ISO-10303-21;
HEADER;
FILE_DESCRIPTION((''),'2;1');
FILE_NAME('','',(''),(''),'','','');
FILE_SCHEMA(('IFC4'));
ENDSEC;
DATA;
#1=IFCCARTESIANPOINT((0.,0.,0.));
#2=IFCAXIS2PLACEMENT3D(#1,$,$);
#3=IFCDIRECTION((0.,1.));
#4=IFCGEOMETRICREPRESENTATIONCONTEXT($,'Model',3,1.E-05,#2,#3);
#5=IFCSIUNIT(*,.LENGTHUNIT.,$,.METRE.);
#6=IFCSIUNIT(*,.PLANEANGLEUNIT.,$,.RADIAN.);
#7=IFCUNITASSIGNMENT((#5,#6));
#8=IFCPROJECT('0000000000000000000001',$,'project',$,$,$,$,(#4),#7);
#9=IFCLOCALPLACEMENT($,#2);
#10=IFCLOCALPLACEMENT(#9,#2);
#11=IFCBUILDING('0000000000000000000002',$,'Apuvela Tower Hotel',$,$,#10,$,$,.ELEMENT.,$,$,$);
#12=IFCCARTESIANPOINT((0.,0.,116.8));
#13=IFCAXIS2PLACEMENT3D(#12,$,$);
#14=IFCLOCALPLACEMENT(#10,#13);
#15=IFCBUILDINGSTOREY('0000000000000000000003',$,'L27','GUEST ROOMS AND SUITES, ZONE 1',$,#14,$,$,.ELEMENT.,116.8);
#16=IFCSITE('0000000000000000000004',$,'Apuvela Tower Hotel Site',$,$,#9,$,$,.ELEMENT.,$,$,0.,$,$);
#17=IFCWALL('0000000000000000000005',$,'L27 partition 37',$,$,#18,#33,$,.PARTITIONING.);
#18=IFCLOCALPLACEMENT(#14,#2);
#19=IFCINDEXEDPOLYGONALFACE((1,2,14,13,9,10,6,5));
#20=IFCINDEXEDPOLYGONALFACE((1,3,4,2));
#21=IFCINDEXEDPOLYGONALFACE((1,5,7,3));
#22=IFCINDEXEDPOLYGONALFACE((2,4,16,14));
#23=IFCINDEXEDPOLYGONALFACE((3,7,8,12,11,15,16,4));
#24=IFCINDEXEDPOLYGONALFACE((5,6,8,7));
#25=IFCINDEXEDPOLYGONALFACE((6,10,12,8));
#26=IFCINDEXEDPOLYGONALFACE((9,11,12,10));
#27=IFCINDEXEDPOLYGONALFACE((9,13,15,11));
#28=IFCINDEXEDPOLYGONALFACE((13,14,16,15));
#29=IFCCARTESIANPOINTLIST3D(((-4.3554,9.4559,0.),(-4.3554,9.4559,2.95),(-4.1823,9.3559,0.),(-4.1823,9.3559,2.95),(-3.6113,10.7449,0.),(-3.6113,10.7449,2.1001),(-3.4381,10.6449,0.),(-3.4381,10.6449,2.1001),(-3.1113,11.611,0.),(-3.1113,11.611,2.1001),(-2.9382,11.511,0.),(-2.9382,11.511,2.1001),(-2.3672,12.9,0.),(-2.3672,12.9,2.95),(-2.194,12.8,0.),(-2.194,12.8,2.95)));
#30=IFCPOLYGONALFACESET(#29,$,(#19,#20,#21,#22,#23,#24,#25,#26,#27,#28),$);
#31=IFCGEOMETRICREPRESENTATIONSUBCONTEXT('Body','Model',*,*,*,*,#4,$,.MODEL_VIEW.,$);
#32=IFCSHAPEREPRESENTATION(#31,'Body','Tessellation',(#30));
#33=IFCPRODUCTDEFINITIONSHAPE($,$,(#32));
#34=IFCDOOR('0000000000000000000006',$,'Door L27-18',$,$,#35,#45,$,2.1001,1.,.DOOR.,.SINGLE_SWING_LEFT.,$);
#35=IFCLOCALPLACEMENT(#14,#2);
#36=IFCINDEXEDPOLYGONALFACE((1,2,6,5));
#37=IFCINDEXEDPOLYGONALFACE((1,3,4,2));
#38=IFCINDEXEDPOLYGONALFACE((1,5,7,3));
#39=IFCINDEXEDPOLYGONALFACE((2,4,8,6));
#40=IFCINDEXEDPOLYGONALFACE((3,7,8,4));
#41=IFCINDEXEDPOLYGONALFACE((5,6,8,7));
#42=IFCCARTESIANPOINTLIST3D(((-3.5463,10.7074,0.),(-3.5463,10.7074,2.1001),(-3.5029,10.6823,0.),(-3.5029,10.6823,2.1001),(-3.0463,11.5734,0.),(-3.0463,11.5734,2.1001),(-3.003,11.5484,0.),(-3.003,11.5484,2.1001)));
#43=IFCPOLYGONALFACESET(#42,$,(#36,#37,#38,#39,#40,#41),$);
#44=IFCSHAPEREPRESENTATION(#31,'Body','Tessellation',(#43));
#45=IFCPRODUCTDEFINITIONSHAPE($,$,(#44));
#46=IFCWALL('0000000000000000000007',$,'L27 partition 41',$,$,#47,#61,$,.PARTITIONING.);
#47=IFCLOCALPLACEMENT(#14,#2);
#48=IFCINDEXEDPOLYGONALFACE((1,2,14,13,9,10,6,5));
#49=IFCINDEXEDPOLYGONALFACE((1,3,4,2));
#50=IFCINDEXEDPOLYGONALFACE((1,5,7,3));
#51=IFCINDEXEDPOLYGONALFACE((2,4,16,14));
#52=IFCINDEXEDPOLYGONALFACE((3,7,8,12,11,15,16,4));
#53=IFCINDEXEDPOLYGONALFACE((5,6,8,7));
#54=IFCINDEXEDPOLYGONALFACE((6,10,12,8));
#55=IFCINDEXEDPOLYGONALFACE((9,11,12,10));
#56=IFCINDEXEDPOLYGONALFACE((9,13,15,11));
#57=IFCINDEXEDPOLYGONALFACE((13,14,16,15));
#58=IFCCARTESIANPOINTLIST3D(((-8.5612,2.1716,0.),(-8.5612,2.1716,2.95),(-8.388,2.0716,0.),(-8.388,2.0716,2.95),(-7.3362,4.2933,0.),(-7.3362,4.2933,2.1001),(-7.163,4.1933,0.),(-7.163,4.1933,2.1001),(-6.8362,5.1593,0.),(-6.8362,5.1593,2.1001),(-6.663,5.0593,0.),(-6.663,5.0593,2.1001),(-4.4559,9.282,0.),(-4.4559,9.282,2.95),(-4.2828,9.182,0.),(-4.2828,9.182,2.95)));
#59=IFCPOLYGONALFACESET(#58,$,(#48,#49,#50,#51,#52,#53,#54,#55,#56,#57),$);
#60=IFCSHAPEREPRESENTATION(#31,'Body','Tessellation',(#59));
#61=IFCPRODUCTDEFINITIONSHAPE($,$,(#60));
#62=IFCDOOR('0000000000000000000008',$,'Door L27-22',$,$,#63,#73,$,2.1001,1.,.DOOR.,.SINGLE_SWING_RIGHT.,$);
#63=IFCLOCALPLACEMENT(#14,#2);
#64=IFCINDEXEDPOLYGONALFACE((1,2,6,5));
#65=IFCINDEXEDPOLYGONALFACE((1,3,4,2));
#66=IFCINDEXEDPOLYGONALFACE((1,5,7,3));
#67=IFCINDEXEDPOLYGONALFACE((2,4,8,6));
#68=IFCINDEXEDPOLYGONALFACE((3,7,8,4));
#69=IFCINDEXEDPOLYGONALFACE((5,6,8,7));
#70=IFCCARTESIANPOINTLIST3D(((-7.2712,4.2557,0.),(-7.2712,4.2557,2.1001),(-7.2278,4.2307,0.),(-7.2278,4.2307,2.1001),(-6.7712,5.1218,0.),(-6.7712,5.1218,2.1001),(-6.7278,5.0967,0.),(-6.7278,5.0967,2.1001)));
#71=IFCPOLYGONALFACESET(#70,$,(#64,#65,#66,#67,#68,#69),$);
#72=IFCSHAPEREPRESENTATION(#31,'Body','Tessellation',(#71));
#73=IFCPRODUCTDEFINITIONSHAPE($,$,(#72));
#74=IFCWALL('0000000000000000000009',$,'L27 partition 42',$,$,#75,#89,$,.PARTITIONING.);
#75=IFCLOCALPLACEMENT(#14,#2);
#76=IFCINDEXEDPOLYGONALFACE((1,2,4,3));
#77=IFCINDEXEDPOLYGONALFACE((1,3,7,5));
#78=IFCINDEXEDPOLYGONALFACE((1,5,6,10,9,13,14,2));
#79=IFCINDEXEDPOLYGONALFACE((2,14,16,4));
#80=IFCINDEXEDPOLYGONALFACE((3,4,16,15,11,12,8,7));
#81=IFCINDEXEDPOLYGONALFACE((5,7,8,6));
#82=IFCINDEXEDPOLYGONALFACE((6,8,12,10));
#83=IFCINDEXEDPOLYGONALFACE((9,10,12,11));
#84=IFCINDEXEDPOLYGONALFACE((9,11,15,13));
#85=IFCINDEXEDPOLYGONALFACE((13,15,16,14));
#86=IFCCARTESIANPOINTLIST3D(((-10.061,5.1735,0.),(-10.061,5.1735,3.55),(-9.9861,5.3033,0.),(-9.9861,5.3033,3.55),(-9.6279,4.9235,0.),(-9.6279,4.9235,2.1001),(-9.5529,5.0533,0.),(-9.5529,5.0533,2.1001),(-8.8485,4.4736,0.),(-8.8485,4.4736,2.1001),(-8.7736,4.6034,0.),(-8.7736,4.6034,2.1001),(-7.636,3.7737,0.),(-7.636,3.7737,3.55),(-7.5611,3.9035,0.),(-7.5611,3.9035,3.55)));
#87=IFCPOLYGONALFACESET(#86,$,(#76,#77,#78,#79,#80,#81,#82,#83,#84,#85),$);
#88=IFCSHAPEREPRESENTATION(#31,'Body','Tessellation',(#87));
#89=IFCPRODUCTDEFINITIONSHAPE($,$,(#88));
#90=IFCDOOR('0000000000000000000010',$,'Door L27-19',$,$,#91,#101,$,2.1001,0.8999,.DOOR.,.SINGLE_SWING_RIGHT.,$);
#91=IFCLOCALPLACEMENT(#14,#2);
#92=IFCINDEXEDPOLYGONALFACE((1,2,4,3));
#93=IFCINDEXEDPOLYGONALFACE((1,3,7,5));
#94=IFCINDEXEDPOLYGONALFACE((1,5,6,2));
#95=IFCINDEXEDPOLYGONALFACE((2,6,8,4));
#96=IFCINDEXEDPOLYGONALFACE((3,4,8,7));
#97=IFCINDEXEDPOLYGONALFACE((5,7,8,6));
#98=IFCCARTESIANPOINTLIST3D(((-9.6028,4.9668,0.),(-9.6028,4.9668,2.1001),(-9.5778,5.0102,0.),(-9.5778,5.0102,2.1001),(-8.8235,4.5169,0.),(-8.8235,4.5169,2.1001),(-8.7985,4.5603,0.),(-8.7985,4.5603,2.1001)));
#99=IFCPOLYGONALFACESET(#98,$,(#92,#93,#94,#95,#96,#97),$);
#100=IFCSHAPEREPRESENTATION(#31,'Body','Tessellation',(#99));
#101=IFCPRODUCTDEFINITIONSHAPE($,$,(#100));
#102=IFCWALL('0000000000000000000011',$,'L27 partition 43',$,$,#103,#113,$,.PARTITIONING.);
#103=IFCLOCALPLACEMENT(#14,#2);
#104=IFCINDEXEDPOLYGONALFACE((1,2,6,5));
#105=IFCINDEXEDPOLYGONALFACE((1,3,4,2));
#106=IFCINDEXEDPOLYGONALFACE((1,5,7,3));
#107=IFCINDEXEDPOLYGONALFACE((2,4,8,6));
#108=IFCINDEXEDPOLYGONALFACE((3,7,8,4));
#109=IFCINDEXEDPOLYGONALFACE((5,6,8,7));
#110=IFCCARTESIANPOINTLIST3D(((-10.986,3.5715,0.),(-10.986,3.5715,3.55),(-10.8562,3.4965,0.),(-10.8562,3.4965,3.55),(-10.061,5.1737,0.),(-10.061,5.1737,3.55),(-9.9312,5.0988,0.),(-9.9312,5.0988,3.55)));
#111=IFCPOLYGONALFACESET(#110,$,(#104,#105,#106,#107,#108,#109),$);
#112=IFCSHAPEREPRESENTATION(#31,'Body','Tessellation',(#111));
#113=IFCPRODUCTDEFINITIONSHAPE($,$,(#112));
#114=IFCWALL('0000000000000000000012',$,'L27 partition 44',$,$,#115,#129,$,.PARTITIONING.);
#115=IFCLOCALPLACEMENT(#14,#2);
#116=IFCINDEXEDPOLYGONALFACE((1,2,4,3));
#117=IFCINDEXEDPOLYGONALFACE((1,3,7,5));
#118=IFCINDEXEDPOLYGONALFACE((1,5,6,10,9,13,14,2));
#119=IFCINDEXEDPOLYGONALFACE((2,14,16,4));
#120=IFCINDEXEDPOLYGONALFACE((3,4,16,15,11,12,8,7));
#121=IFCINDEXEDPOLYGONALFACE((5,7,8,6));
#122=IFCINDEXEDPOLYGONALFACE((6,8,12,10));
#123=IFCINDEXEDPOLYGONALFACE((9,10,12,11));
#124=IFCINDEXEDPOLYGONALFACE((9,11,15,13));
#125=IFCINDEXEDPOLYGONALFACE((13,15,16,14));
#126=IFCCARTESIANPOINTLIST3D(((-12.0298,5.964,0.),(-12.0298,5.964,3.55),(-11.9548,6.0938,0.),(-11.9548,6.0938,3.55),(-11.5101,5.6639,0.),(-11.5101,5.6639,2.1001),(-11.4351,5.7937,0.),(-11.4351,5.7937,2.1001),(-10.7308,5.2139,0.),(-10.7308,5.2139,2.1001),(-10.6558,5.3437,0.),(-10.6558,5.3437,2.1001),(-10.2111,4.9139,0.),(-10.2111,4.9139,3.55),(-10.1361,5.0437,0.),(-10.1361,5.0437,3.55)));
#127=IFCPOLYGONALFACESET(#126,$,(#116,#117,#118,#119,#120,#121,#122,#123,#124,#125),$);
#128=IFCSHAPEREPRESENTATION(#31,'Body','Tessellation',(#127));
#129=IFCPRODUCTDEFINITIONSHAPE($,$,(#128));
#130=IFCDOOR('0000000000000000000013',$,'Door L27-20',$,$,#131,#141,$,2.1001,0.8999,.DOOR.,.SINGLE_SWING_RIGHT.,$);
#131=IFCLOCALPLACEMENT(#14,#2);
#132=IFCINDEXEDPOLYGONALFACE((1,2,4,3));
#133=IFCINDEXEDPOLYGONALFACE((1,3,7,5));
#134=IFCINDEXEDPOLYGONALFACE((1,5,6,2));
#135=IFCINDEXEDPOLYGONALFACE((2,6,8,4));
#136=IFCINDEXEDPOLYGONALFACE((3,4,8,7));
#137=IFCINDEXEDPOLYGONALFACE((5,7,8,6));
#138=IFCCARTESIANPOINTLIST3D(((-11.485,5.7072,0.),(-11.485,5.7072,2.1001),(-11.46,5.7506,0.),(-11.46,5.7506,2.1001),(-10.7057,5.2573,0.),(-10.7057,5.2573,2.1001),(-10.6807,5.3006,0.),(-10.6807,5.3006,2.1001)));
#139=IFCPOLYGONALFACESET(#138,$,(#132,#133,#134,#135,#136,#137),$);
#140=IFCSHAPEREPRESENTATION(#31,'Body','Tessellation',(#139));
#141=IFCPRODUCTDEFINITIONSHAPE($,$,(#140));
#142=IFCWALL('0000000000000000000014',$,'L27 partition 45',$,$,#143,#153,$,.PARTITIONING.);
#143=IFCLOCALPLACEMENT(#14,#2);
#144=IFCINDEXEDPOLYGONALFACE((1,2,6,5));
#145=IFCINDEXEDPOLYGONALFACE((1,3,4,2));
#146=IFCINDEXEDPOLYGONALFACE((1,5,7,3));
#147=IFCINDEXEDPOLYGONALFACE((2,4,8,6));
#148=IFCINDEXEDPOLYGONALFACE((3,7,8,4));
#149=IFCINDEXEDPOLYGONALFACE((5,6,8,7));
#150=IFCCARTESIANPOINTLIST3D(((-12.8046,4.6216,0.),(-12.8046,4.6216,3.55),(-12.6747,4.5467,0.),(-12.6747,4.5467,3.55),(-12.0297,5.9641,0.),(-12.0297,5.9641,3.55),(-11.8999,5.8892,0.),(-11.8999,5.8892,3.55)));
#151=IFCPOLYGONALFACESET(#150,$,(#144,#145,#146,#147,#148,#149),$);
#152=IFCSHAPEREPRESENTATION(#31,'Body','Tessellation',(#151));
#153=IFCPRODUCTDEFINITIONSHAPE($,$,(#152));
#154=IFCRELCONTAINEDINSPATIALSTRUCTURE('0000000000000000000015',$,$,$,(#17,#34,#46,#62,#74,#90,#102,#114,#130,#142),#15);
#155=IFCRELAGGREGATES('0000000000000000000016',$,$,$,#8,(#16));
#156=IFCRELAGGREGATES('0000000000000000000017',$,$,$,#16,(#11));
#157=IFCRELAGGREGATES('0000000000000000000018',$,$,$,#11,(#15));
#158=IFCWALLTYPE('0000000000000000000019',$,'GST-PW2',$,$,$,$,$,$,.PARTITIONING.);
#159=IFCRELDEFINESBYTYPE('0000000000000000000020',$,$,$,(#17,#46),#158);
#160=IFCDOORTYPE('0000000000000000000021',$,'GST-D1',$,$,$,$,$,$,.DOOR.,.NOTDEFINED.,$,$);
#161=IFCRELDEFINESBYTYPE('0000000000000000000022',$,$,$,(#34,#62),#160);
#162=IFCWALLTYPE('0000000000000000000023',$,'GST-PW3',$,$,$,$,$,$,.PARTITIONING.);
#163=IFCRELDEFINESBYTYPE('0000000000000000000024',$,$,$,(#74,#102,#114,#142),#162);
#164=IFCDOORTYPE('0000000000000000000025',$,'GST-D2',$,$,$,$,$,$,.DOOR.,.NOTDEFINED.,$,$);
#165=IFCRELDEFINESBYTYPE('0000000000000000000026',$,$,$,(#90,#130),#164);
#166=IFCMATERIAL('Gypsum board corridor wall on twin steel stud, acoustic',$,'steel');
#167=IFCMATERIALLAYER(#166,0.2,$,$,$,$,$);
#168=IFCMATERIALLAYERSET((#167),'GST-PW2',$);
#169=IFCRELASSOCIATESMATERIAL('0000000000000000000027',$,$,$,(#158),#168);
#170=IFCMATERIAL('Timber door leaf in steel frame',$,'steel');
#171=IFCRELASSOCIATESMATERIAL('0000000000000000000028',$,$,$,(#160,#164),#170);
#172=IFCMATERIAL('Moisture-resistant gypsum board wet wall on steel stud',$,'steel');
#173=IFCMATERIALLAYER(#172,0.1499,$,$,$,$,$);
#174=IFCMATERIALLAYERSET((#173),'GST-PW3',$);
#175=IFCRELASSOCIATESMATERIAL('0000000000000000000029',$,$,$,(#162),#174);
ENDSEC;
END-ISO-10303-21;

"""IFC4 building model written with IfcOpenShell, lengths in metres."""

from ifc_helpers import new_model, si_unit, direction, frame, frame_2d, origin, place, context, subcontext, project, spatial, rectangle, extrude, material, layer, layer_set, type_object, element, fill, save


model = new_model("IFC4")

# Units and contexts
model_context = context("Model", 3, precision=1e-05, world=origin(), true_north=direction((0.0, 1.0)))
body_context = subcontext(model_context, "Body", "Model", "MODEL_VIEW")
ifc_project = project(units=[si_unit("LENGTHUNIT", "METRE"), si_unit("PLANEANGLEUNIT", "RADIAN")], contexts=[model_context])

# Site, building, storey
site_placement = place(None, origin())
site = spatial("IfcSite", under=ifc_project, at=site_placement, Name="Apuvela Tower Hotel Site", CompositionType="ELEMENT", RefElevation=0.0)
building_placement = place(site_placement, origin())
building = spatial("IfcBuilding", under=site, at=building_placement, Name="Apuvela Tower Hotel", CompositionType="ELEMENT")
storey_placement = place(building_placement, frame((0.0, 0.0, 116.8)))
storey = spatial("IfcBuildingStorey", under=building, at=storey_placement, Name="L27", Description="GUEST ROOMS AND SUITES, ZONE 1", CompositionType="ELEMENT", Elevation=116.8)

# Walls, openings, doors
ifc_material_1 = material(Name="Gypsum board corridor wall on twin steel stud, acoustic", Category="steel")
ifc_layer_1 = layer(ifc_material_1, 0.2)
ifc_layer_set_1 = layer_set([ifc_layer_1], Name="GST-PW2")
wall_type_1 = type_object("IfcWallType", Name="GST-PW2", PredefinedType="PARTITIONING", material=ifc_layer_set_1)
wall_1_placement = place(storey_placement, frame((-4.2688, 9.406, 0.0), z_axis=(0.0, 0.0, 1.0), x_axis=(0.499969, 0.866043, 0.0)))
wall_1 = element("IfcWall", 1, at=wall_1_placement, inside=storey, type_object=wall_type_1, Name="L27 partition 37", PredefinedType="PARTITIONING", context=body_context, shape_type="SweptSolid", body=[
    extrude(rectangle(XDim=3.9768, YDim=0.2, at=frame_2d((1.9883, 0.0))), origin(), (0.0, 0.0, 1.0), 2.95),
])
opening_1_placement = place(wall_1_placement, frame((1.4883, 0.0, 0.0)))
opening_1 = element("IfcOpeningElement", 2, at=opening_1_placement, cuts=wall_1, PredefinedType="OPENING", context=body_context, shape_type="SweptSolid", body=[
    extrude(rectangle(XDim=1.0, YDim=2.1001, at=frame_2d((0.5, 1.05))), frame((0.0, 0.1099, 0.0), z_axis=(0.0, -1.0, 0.0), x_axis=(1.0, 0.0, 0.0)), (0.0, 0.0, 1.0), 0.22),
])
ifc_material_2 = material(Name="Timber door leaf in steel frame", Category="steel")
door_type_1 = type_object("IfcDoorType", Name="GST-D1", OperationType="NOTDEFINED", PredefinedType="DOOR", material=ifc_material_2)
door_1_placement = place(opening_1_placement, origin())
door_1 = element("IfcDoor", 3, at=door_1_placement, inside=storey, type_object=door_type_1, Name="Door L27-18", OperationType="SINGLE_SWING_LEFT", OverallHeight=2.1001, OverallWidth=1.0, PredefinedType="DOOR", context=body_context, shape_type="SweptSolid", body=[
    extrude(rectangle(XDim=1.0, YDim=2.1001, at=frame_2d((0.5, 1.05))), frame((0.0, 0.0249, 0.0), z_axis=(0.0, -1.0, 0.0), x_axis=(1.0, 0.0, 0.0)), (0.0, 0.0, 1.0), 0.05),
])
fill(opening_1, door_1)
wall_2_placement = place(storey_placement, frame((-8.4746, 2.1216, 0.0), z_axis=(0.0, 0.0, 1.0), x_axis=(0.500006, 0.866022, 0.0)))
wall_2 = element("IfcWall", 4, at=wall_2_placement, inside=storey, type_object=wall_type_1, Name="L27 partition 41", PredefinedType="PARTITIONING", context=body_context, shape_type="SweptSolid", body=[
    extrude(rectangle(XDim=8.2104, YDim=0.2, at=frame_2d((4.1052, 0.0))), origin(), (0.0, 0.0, 1.0), 2.95),
])
opening_2_placement = place(wall_2_placement, frame((2.45, 0.0, 0.0)))
opening_2 = element("IfcOpeningElement", 5, at=opening_2_placement, cuts=wall_2, PredefinedType="OPENING", context=body_context, shape_type="SweptSolid", body=[
    extrude(rectangle(XDim=1.0, YDim=2.1001, at=frame_2d((0.5, 1.05))), frame((0.0, 0.1099, 0.0), z_axis=(0.0, -1.0, 0.0), x_axis=(1.0, 0.0, 0.0)), (0.0, 0.0, 1.0), 0.22),
])
door_2_placement = place(opening_2_placement, origin())
door_2 = element("IfcDoor", 6, at=door_2_placement, inside=storey, type_object=door_type_1, Name="Door L27-22", OperationType="SINGLE_SWING_RIGHT", OverallHeight=2.1001, OverallWidth=1.0, PredefinedType="DOOR", context=body_context, shape_type="SweptSolid", body=[
    extrude(rectangle(XDim=1.0, YDim=2.1001, at=frame_2d((0.5, 1.05))), frame((0.0, 0.0249, 0.0), z_axis=(0.0, -1.0, 0.0), x_axis=(1.0, 0.0, 0.0)), (0.0, 0.0, 1.0), 0.05),
])
fill(opening_2, door_2)
ifc_material_3 = material(Name="Moisture-resistant gypsum board wet wall on steel stud", Category="steel")
ifc_layer_2 = layer(ifc_material_3, 0.1499)
ifc_layer_set_2 = layer_set([ifc_layer_2], Name="GST-PW3")
wall_type_2 = type_object("IfcWallType", Name="GST-PW3", PredefinedType="PARTITIONING", material=ifc_layer_set_2)
wall_3_placement = place(storey_placement, frame((-7.5986, 3.8386, 0.0), z_axis=(0.0, 0.0, 1.0), x_axis=(-0.866056, 0.499946, 0.0)))
wall_3 = element("IfcWall", 7, at=wall_3_placement, inside=storey, type_object=wall_type_2, Name="L27 partition 42", PredefinedType="PARTITIONING", context=body_context, shape_type="SweptSolid", body=[
    extrude(rectangle(XDim=2.8, YDim=0.1499, at=frame_2d((1.3999, 0.0))), origin(), (0.0, 0.0, 1.0), 3.55),
])
opening_3_placement = place(wall_3_placement, frame((1.3999, 0.0, 0.0)))
opening_3 = element("IfcOpeningElement", 8, at=opening_3_placement, cuts=wall_3, PredefinedType="OPENING", context=body_context, shape_type="SweptSolid", body=[
    extrude(rectangle(XDim=0.8999, YDim=2.1001, at=frame_2d((0.45, 1.05))), frame((0.0, 0.085, 0.0), z_axis=(0.0, -1.0, 0.0), x_axis=(1.0, 0.0, 0.0)), (0.0, 0.0, 1.0), 0.1699),
])
door_type_2 = type_object("IfcDoorType", Name="GST-D2", OperationType="NOTDEFINED", PredefinedType="DOOR", material=ifc_material_2)
door_3_placement = place(opening_3_placement, origin())
door_3 = element("IfcDoor", 9, at=door_3_placement, inside=storey, type_object=door_type_2, Name="Door L27-19", OperationType="SINGLE_SWING_RIGHT", OverallHeight=2.1001, OverallWidth=0.8999, PredefinedType="DOOR", context=body_context, shape_type="SweptSolid", body=[
    extrude(rectangle(XDim=0.8999, YDim=2.1001, at=frame_2d((0.45, 1.05))), frame((0.0, 0.0249, 0.0), z_axis=(0.0, -1.0, 0.0), x_axis=(1.0, 0.0, 0.0)), (0.0, 0.0, 1.0), 0.05),
])
fill(opening_3, door_3)

# Wall
wall_4_placement = place(storey_placement, frame((-9.9961, 5.1362, 0.0), z_axis=(0.0, 0.0, 1.0), x_axis=(-0.499985, -0.866034, 0.0)))
element("IfcWall", 10, at=wall_4_placement, inside=storey, type_object=wall_type_2, Name="L27 partition 43", PredefinedType="PARTITIONING", context=body_context, shape_type="SweptSolid", body=[
    extrude(rectangle(XDim=1.8501, YDim=0.1499, at=frame_2d((0.925, 0.0))), origin(), (0.0, 0.0, 1.0), 3.55),
])

# Wall, opening, door
wall_5_placement = place(storey_placement, frame((-10.1736, 4.9788, 0.0), z_axis=(0.0, 0.0, 1.0), x_axis=(-0.866009, 0.500028, 0.0)))
wall_5 = element("IfcWall", 11, at=wall_5_placement, inside=storey, type_object=wall_type_2, Name="L27 partition 44", PredefinedType="PARTITIONING", context=body_context, shape_type="SweptSolid", body=[
    extrude(rectangle(XDim=2.1001, YDim=0.1499, at=frame_2d((1.05, 0.0))), origin(), (0.0, 0.0, 1.0), 3.55),
])
opening_4_placement = place(wall_5_placement, frame((0.6001, 0.0, 0.0)))
opening_4 = element("IfcOpeningElement", 12, at=opening_4_placement, cuts=wall_5, PredefinedType="OPENING", context=body_context, shape_type="SweptSolid", body=[
    extrude(rectangle(XDim=0.8999, YDim=2.1001, at=frame_2d((0.45, 1.05))), frame((0.0, 0.085, 0.0), z_axis=(0.0, -1.0, 0.0), x_axis=(1.0, 0.0, 0.0)), (0.0, 0.0, 1.0), 0.1699),
])
door_4_placement = place(opening_4_placement, origin())
door_4 = element("IfcDoor", 13, at=door_4_placement, inside=storey, type_object=door_type_2, Name="Door L27-20", OperationType="SINGLE_SWING_RIGHT", OverallHeight=2.1001, OverallWidth=0.8999, PredefinedType="DOOR", context=body_context, shape_type="SweptSolid", body=[
    extrude(rectangle(XDim=0.8999, YDim=2.1001, at=frame_2d((0.45, 1.05))), frame((0.0, 0.0249, 0.0), z_axis=(0.0, -1.0, 0.0), x_axis=(1.0, 0.0, 0.0)), (0.0, 0.0, 1.0), 0.05),
])
fill(opening_4, door_4)

# Wall
wall_6_placement = place(storey_placement, frame((-11.9648, 5.9265, 0.0), z_axis=(0.0, 0.0, 1.0), x_axis=(-0.4999, -0.866083, 0.0)))
element("IfcWall", 14, at=wall_6_placement, inside=storey, type_object=wall_type_2, Name="L27 partition 45", PredefinedType="PARTITIONING", context=body_context, shape_type="SweptSolid", body=[
    extrude(rectangle(XDim=1.55, YDim=0.1499, at=frame_2d((0.7749, 0.0))), origin(), (0.0, 0.0, 1.0), 3.55),
])

save(model, "model.ifc")
